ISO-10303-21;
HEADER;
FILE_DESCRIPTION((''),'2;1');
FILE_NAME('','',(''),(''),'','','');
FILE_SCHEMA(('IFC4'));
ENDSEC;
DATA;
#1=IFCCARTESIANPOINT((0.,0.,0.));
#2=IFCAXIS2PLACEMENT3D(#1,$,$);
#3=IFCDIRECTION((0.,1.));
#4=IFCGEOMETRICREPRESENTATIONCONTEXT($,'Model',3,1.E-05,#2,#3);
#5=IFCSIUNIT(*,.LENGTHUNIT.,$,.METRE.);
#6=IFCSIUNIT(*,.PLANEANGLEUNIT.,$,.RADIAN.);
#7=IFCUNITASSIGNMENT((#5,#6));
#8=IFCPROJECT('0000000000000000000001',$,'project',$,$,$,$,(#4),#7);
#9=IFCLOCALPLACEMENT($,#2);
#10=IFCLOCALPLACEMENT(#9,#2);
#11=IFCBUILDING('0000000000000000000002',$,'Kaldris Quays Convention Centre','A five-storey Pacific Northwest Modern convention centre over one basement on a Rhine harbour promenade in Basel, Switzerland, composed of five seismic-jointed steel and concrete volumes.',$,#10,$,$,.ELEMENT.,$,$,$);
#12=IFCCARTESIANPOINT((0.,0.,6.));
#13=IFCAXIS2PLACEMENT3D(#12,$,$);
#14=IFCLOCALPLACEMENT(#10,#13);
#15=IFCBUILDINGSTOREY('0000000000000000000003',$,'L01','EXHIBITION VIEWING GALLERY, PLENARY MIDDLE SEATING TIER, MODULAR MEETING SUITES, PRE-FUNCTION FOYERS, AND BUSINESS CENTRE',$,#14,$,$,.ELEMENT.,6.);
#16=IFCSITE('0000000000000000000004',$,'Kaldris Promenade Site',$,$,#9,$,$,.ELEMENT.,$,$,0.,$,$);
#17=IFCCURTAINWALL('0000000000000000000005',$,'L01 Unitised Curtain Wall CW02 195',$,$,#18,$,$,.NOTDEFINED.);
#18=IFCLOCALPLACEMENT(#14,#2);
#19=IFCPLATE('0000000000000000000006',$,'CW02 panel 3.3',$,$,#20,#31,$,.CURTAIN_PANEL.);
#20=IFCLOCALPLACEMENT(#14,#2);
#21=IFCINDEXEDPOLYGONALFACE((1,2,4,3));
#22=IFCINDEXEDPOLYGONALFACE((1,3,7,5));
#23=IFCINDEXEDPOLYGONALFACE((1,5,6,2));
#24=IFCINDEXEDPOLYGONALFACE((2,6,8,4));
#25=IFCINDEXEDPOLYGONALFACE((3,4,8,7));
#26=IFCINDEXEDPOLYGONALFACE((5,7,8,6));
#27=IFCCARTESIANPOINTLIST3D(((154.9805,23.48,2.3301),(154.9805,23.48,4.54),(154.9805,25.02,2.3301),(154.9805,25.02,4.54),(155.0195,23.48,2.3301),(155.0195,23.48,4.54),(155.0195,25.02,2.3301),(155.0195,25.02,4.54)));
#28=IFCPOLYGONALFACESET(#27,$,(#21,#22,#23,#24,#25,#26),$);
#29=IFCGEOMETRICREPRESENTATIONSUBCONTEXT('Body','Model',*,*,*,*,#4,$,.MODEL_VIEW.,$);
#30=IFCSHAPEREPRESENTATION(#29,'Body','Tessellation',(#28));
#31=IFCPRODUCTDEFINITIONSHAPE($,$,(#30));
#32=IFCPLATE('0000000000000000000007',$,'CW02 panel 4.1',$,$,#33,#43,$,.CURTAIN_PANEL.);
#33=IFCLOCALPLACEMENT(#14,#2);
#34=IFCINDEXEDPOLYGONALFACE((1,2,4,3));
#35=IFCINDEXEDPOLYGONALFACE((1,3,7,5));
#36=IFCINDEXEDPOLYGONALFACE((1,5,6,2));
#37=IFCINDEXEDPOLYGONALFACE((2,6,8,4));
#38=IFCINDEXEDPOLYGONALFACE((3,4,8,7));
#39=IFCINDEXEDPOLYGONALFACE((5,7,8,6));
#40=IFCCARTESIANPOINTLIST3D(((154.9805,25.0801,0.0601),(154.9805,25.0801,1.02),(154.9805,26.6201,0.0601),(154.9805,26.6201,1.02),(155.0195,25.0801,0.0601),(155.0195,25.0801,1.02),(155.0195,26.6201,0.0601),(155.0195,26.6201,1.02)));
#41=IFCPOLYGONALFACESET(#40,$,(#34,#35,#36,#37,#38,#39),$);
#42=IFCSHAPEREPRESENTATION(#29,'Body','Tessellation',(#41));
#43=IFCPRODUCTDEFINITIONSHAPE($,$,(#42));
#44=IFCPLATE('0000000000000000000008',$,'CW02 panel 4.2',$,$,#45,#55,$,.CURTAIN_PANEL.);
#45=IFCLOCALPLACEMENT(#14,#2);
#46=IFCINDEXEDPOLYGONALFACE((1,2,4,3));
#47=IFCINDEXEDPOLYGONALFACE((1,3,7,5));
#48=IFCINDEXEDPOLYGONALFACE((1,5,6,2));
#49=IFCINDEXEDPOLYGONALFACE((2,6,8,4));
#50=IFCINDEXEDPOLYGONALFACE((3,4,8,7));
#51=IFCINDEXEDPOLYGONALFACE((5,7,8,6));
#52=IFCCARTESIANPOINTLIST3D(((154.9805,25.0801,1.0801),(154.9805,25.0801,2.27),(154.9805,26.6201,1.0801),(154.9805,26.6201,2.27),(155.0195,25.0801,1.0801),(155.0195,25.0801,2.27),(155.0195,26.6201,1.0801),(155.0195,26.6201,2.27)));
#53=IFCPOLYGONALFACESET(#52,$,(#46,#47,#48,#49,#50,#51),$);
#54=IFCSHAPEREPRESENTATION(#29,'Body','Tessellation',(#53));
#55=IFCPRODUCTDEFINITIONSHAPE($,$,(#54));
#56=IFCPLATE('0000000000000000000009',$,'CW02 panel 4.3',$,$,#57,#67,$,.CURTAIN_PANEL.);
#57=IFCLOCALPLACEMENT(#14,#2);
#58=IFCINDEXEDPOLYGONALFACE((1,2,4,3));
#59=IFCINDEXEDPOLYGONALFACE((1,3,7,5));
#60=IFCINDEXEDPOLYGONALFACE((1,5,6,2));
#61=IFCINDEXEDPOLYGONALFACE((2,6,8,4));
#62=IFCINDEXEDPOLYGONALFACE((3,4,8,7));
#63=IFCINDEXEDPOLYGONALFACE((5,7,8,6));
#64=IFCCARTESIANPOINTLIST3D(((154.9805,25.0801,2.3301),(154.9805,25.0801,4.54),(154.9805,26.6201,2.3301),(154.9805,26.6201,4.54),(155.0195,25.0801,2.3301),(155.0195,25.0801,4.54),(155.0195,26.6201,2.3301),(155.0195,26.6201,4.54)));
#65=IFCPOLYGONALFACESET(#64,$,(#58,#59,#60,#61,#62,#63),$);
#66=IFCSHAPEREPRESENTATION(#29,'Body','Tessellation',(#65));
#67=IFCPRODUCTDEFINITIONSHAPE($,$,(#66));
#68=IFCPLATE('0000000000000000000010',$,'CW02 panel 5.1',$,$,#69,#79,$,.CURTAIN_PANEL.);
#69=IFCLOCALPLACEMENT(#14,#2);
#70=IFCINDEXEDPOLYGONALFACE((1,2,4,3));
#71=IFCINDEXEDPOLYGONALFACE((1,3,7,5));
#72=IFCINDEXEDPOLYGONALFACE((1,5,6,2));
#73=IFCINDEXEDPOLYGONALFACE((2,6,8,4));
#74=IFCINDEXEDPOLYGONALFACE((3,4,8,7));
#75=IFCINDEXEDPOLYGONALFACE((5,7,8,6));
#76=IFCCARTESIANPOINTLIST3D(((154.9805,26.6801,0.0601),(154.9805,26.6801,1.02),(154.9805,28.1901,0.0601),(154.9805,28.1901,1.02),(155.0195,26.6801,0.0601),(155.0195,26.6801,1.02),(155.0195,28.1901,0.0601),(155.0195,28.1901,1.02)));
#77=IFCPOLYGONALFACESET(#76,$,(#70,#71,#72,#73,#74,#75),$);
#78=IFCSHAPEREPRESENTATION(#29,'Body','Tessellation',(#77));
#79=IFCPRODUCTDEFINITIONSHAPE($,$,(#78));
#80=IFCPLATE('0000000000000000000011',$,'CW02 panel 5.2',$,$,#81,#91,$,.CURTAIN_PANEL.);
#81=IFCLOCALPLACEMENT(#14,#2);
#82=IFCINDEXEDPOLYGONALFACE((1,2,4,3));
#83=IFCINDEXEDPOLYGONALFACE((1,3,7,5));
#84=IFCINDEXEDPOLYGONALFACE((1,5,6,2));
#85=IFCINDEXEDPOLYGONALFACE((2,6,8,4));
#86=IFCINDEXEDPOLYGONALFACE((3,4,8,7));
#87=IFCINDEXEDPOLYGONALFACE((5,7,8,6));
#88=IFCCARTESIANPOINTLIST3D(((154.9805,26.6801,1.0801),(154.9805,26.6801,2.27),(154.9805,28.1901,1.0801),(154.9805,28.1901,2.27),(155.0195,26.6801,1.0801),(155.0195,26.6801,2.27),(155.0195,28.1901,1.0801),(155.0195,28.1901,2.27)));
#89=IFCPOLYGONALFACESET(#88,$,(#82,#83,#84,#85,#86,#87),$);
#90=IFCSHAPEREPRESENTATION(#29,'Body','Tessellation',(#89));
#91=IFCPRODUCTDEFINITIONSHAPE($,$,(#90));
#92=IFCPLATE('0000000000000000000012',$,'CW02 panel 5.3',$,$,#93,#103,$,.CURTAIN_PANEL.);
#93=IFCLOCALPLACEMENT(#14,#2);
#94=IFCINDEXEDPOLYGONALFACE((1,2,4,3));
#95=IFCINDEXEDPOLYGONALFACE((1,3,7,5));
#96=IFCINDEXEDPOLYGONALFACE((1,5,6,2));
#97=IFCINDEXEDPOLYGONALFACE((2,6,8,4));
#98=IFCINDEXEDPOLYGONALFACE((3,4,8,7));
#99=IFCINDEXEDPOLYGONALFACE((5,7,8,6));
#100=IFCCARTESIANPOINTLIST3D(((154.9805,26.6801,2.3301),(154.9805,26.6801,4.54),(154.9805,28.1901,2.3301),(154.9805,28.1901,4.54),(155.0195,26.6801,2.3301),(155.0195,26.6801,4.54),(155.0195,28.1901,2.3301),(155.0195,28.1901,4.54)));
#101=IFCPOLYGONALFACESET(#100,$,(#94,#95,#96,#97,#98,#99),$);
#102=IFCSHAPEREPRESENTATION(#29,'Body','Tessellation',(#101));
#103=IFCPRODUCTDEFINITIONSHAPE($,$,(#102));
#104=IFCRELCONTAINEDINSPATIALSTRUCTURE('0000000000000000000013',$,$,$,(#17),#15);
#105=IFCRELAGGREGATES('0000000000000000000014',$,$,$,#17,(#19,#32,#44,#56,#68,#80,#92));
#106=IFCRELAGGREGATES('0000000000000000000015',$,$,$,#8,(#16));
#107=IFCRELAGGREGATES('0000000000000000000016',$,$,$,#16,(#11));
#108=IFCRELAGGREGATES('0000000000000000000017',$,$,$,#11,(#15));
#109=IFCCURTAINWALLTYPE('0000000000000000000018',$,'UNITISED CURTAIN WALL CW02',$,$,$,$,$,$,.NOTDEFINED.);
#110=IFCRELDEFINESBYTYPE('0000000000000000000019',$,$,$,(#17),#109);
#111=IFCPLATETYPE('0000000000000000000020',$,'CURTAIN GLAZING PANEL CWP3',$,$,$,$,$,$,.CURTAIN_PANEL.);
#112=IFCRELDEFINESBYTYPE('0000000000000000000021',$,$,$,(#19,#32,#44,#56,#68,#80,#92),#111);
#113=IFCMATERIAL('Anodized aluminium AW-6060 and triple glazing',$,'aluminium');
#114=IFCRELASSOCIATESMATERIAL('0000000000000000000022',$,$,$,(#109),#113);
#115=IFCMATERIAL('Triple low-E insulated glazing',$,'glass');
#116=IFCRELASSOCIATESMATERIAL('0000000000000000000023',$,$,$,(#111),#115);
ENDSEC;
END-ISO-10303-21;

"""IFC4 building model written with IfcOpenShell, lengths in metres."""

from ifc_helpers import new_model, si_unit, direction, frame, origin, origin_2d, place, context, subcontext, project, spatial, rectangle, extrude, material, type_object, element, aggregate, save


model = new_model("IFC4")

# Units and contexts
model_context = context("Model", 3, precision=1e-05, world=origin(), true_north=direction((0.0, 1.0)))
body_context = subcontext(model_context, "Body", "Model", "MODEL_VIEW")
ifc_project = project(units=[si_unit("LENGTHUNIT", "METRE"), si_unit("PLANEANGLEUNIT", "RADIAN")], contexts=[model_context])

# Site, building, storey
site_placement = place(None, origin())
site = spatial("IfcSite", under=ifc_project, at=site_placement, Name="Kaldris Promenade Site", CompositionType="ELEMENT", RefElevation=0.0)
building_placement = place(site_placement, origin())
building = spatial("IfcBuilding", under=site, at=building_placement, Name="Kaldris Quays Convention Centre", Description="A five-storey Pacific Northwest Modern convention centre over one basement on a Rhine harbour promenade in Basel, Switzerland, composed of five seismic-jointed steel and concrete volumes.", CompositionType="ELEMENT")
storey_placement = place(building_placement, frame((0.0, 0.0, 6.0)))
storey = spatial("IfcBuildingStorey", under=building, at=storey_placement, Name="L01", Description="EXHIBITION VIEWING GALLERY, PLENARY MIDDLE SEATING TIER, MODULAR MEETING SUITES, PRE-FUNCTION FOYERS, AND BUSINESS CENTRE", CompositionType="ELEMENT", Elevation=6.0)

# Curtain wall
ifc_material_1 = material(Name="Anodized aluminium AW-6060 and triple glazing", Category="aluminium")
curtain_wall_type = type_object("IfcCurtainWallType", Name="UNITISED CURTAIN WALL CW02", PredefinedType="NOTDEFINED", material=ifc_material_1)
curtain_wall_1_placement = place(storey_placement, origin())
curtain_wall_1 = element("IfcCurtainWall", 1, at=curtain_wall_1_placement, inside=storey, type_object=curtain_wall_type, Name="L01 Unitised Curtain Wall CW02 195", PredefinedType="NOTDEFINED")

# Plates
ifc_material_2 = material(Name="Triple low-E insulated glazing", Category="glass")
plate_type = type_object("IfcPlateType", Name="CURTAIN GLAZING PANEL CWP3", PredefinedType="CURTAIN_PANEL", material=ifc_material_2)
plate_1_placement = place(storey_placement, frame((155.0, 24.25, 2.3301), z_axis=(0.0, 0.0, 1.0), x_axis=(0.0, 1.0, 0.0)))
plate_1 = element("IfcPlate", 2, at=plate_1_placement, type_object=plate_type, Name="CW02 panel 3.3", PredefinedType="CURTAIN_PANEL", context=body_context, shape_type="SweptSolid", body=[
    extrude(rectangle(XDim=1.54, YDim=0.0391, at=origin_2d()), origin(), (0.0, 0.0, 1.0), 2.21),
])
plate_2_placement = place(storey_placement, frame((155.0, 25.8501, 0.0601), z_axis=(0.0, 0.0, 1.0), x_axis=(0.0, 1.0, 0.0)))
plate_2 = element("IfcPlate", 3, at=plate_2_placement, type_object=plate_type, Name="CW02 panel 4.1", PredefinedType="CURTAIN_PANEL", context=body_context, shape_type="SweptSolid", body=[
    extrude(rectangle(XDim=1.54, YDim=0.0391, at=origin_2d()), origin(), (0.0, 0.0, 1.0), 0.96),
])
plate_3_placement = place(storey_placement, frame((155.0, 25.8501, 1.0801), z_axis=(0.0, 0.0, 1.0), x_axis=(0.0, 1.0, 0.0)))
plate_3 = element("IfcPlate", 4, at=plate_3_placement, type_object=plate_type, Name="CW02 panel 4.2", PredefinedType="CURTAIN_PANEL", context=body_context, shape_type="SweptSolid", body=[
    extrude(rectangle(XDim=1.54, YDim=0.0391, at=origin_2d()), origin(), (0.0, 0.0, 1.0), 1.1899),
])
plate_4_placement = place(storey_placement, frame((155.0, 25.8501, 2.3301), z_axis=(0.0, 0.0, 1.0), x_axis=(0.0, 1.0, 0.0)))
plate_4 = element("IfcPlate", 5, at=plate_4_placement, type_object=plate_type, Name="CW02 panel 4.3", PredefinedType="CURTAIN_PANEL", context=body_context, shape_type="SweptSolid", body=[
    extrude(rectangle(XDim=1.54, YDim=0.0391, at=origin_2d()), origin(), (0.0, 0.0, 1.0), 2.21),
])
plate_5_placement = place(storey_placement, frame((155.0, 27.4351, 0.0601), z_axis=(0.0, 0.0, 1.0), x_axis=(0.0, 1.0, 0.0)))
plate_5 = element("IfcPlate", 6, at=plate_5_placement, type_object=plate_type, Name="CW02 panel 5.1", PredefinedType="CURTAIN_PANEL", context=body_context, shape_type="SweptSolid", body=[
    extrude(rectangle(XDim=1.51, YDim=0.0391, at=origin_2d()), origin(), (0.0, 0.0, 1.0), 0.96),
])
plate_6_placement = place(storey_placement, frame((155.0, 27.4351, 1.0801), z_axis=(0.0, 0.0, 1.0), x_axis=(0.0, 1.0, 0.0)))
plate_6 = element("IfcPlate", 7, at=plate_6_placement, type_object=plate_type, Name="CW02 panel 5.2", PredefinedType="CURTAIN_PANEL", context=body_context, shape_type="SweptSolid", body=[
    extrude(rectangle(XDim=1.51, YDim=0.0391, at=origin_2d()), origin(), (0.0, 0.0, 1.0), 1.1899),
])
plate_7_placement = place(storey_placement, frame((155.0, 27.4351, 2.3301), z_axis=(0.0, 0.0, 1.0), x_axis=(0.0, 1.0, 0.0)))
plate_7 = element("IfcPlate", 8, at=plate_7_placement, type_object=plate_type, Name="CW02 panel 5.3", PredefinedType="CURTAIN_PANEL", context=body_context, shape_type="SweptSolid", body=[
    extrude(rectangle(XDim=1.51, YDim=0.0391, at=origin_2d()), origin(), (0.0, 0.0, 1.0), 2.21),
])
aggregate(curtain_wall_1, [plate_1, plate_2, plate_3, plate_4, plate_5, plate_6, plate_7])

save(model, "model.ifc")
